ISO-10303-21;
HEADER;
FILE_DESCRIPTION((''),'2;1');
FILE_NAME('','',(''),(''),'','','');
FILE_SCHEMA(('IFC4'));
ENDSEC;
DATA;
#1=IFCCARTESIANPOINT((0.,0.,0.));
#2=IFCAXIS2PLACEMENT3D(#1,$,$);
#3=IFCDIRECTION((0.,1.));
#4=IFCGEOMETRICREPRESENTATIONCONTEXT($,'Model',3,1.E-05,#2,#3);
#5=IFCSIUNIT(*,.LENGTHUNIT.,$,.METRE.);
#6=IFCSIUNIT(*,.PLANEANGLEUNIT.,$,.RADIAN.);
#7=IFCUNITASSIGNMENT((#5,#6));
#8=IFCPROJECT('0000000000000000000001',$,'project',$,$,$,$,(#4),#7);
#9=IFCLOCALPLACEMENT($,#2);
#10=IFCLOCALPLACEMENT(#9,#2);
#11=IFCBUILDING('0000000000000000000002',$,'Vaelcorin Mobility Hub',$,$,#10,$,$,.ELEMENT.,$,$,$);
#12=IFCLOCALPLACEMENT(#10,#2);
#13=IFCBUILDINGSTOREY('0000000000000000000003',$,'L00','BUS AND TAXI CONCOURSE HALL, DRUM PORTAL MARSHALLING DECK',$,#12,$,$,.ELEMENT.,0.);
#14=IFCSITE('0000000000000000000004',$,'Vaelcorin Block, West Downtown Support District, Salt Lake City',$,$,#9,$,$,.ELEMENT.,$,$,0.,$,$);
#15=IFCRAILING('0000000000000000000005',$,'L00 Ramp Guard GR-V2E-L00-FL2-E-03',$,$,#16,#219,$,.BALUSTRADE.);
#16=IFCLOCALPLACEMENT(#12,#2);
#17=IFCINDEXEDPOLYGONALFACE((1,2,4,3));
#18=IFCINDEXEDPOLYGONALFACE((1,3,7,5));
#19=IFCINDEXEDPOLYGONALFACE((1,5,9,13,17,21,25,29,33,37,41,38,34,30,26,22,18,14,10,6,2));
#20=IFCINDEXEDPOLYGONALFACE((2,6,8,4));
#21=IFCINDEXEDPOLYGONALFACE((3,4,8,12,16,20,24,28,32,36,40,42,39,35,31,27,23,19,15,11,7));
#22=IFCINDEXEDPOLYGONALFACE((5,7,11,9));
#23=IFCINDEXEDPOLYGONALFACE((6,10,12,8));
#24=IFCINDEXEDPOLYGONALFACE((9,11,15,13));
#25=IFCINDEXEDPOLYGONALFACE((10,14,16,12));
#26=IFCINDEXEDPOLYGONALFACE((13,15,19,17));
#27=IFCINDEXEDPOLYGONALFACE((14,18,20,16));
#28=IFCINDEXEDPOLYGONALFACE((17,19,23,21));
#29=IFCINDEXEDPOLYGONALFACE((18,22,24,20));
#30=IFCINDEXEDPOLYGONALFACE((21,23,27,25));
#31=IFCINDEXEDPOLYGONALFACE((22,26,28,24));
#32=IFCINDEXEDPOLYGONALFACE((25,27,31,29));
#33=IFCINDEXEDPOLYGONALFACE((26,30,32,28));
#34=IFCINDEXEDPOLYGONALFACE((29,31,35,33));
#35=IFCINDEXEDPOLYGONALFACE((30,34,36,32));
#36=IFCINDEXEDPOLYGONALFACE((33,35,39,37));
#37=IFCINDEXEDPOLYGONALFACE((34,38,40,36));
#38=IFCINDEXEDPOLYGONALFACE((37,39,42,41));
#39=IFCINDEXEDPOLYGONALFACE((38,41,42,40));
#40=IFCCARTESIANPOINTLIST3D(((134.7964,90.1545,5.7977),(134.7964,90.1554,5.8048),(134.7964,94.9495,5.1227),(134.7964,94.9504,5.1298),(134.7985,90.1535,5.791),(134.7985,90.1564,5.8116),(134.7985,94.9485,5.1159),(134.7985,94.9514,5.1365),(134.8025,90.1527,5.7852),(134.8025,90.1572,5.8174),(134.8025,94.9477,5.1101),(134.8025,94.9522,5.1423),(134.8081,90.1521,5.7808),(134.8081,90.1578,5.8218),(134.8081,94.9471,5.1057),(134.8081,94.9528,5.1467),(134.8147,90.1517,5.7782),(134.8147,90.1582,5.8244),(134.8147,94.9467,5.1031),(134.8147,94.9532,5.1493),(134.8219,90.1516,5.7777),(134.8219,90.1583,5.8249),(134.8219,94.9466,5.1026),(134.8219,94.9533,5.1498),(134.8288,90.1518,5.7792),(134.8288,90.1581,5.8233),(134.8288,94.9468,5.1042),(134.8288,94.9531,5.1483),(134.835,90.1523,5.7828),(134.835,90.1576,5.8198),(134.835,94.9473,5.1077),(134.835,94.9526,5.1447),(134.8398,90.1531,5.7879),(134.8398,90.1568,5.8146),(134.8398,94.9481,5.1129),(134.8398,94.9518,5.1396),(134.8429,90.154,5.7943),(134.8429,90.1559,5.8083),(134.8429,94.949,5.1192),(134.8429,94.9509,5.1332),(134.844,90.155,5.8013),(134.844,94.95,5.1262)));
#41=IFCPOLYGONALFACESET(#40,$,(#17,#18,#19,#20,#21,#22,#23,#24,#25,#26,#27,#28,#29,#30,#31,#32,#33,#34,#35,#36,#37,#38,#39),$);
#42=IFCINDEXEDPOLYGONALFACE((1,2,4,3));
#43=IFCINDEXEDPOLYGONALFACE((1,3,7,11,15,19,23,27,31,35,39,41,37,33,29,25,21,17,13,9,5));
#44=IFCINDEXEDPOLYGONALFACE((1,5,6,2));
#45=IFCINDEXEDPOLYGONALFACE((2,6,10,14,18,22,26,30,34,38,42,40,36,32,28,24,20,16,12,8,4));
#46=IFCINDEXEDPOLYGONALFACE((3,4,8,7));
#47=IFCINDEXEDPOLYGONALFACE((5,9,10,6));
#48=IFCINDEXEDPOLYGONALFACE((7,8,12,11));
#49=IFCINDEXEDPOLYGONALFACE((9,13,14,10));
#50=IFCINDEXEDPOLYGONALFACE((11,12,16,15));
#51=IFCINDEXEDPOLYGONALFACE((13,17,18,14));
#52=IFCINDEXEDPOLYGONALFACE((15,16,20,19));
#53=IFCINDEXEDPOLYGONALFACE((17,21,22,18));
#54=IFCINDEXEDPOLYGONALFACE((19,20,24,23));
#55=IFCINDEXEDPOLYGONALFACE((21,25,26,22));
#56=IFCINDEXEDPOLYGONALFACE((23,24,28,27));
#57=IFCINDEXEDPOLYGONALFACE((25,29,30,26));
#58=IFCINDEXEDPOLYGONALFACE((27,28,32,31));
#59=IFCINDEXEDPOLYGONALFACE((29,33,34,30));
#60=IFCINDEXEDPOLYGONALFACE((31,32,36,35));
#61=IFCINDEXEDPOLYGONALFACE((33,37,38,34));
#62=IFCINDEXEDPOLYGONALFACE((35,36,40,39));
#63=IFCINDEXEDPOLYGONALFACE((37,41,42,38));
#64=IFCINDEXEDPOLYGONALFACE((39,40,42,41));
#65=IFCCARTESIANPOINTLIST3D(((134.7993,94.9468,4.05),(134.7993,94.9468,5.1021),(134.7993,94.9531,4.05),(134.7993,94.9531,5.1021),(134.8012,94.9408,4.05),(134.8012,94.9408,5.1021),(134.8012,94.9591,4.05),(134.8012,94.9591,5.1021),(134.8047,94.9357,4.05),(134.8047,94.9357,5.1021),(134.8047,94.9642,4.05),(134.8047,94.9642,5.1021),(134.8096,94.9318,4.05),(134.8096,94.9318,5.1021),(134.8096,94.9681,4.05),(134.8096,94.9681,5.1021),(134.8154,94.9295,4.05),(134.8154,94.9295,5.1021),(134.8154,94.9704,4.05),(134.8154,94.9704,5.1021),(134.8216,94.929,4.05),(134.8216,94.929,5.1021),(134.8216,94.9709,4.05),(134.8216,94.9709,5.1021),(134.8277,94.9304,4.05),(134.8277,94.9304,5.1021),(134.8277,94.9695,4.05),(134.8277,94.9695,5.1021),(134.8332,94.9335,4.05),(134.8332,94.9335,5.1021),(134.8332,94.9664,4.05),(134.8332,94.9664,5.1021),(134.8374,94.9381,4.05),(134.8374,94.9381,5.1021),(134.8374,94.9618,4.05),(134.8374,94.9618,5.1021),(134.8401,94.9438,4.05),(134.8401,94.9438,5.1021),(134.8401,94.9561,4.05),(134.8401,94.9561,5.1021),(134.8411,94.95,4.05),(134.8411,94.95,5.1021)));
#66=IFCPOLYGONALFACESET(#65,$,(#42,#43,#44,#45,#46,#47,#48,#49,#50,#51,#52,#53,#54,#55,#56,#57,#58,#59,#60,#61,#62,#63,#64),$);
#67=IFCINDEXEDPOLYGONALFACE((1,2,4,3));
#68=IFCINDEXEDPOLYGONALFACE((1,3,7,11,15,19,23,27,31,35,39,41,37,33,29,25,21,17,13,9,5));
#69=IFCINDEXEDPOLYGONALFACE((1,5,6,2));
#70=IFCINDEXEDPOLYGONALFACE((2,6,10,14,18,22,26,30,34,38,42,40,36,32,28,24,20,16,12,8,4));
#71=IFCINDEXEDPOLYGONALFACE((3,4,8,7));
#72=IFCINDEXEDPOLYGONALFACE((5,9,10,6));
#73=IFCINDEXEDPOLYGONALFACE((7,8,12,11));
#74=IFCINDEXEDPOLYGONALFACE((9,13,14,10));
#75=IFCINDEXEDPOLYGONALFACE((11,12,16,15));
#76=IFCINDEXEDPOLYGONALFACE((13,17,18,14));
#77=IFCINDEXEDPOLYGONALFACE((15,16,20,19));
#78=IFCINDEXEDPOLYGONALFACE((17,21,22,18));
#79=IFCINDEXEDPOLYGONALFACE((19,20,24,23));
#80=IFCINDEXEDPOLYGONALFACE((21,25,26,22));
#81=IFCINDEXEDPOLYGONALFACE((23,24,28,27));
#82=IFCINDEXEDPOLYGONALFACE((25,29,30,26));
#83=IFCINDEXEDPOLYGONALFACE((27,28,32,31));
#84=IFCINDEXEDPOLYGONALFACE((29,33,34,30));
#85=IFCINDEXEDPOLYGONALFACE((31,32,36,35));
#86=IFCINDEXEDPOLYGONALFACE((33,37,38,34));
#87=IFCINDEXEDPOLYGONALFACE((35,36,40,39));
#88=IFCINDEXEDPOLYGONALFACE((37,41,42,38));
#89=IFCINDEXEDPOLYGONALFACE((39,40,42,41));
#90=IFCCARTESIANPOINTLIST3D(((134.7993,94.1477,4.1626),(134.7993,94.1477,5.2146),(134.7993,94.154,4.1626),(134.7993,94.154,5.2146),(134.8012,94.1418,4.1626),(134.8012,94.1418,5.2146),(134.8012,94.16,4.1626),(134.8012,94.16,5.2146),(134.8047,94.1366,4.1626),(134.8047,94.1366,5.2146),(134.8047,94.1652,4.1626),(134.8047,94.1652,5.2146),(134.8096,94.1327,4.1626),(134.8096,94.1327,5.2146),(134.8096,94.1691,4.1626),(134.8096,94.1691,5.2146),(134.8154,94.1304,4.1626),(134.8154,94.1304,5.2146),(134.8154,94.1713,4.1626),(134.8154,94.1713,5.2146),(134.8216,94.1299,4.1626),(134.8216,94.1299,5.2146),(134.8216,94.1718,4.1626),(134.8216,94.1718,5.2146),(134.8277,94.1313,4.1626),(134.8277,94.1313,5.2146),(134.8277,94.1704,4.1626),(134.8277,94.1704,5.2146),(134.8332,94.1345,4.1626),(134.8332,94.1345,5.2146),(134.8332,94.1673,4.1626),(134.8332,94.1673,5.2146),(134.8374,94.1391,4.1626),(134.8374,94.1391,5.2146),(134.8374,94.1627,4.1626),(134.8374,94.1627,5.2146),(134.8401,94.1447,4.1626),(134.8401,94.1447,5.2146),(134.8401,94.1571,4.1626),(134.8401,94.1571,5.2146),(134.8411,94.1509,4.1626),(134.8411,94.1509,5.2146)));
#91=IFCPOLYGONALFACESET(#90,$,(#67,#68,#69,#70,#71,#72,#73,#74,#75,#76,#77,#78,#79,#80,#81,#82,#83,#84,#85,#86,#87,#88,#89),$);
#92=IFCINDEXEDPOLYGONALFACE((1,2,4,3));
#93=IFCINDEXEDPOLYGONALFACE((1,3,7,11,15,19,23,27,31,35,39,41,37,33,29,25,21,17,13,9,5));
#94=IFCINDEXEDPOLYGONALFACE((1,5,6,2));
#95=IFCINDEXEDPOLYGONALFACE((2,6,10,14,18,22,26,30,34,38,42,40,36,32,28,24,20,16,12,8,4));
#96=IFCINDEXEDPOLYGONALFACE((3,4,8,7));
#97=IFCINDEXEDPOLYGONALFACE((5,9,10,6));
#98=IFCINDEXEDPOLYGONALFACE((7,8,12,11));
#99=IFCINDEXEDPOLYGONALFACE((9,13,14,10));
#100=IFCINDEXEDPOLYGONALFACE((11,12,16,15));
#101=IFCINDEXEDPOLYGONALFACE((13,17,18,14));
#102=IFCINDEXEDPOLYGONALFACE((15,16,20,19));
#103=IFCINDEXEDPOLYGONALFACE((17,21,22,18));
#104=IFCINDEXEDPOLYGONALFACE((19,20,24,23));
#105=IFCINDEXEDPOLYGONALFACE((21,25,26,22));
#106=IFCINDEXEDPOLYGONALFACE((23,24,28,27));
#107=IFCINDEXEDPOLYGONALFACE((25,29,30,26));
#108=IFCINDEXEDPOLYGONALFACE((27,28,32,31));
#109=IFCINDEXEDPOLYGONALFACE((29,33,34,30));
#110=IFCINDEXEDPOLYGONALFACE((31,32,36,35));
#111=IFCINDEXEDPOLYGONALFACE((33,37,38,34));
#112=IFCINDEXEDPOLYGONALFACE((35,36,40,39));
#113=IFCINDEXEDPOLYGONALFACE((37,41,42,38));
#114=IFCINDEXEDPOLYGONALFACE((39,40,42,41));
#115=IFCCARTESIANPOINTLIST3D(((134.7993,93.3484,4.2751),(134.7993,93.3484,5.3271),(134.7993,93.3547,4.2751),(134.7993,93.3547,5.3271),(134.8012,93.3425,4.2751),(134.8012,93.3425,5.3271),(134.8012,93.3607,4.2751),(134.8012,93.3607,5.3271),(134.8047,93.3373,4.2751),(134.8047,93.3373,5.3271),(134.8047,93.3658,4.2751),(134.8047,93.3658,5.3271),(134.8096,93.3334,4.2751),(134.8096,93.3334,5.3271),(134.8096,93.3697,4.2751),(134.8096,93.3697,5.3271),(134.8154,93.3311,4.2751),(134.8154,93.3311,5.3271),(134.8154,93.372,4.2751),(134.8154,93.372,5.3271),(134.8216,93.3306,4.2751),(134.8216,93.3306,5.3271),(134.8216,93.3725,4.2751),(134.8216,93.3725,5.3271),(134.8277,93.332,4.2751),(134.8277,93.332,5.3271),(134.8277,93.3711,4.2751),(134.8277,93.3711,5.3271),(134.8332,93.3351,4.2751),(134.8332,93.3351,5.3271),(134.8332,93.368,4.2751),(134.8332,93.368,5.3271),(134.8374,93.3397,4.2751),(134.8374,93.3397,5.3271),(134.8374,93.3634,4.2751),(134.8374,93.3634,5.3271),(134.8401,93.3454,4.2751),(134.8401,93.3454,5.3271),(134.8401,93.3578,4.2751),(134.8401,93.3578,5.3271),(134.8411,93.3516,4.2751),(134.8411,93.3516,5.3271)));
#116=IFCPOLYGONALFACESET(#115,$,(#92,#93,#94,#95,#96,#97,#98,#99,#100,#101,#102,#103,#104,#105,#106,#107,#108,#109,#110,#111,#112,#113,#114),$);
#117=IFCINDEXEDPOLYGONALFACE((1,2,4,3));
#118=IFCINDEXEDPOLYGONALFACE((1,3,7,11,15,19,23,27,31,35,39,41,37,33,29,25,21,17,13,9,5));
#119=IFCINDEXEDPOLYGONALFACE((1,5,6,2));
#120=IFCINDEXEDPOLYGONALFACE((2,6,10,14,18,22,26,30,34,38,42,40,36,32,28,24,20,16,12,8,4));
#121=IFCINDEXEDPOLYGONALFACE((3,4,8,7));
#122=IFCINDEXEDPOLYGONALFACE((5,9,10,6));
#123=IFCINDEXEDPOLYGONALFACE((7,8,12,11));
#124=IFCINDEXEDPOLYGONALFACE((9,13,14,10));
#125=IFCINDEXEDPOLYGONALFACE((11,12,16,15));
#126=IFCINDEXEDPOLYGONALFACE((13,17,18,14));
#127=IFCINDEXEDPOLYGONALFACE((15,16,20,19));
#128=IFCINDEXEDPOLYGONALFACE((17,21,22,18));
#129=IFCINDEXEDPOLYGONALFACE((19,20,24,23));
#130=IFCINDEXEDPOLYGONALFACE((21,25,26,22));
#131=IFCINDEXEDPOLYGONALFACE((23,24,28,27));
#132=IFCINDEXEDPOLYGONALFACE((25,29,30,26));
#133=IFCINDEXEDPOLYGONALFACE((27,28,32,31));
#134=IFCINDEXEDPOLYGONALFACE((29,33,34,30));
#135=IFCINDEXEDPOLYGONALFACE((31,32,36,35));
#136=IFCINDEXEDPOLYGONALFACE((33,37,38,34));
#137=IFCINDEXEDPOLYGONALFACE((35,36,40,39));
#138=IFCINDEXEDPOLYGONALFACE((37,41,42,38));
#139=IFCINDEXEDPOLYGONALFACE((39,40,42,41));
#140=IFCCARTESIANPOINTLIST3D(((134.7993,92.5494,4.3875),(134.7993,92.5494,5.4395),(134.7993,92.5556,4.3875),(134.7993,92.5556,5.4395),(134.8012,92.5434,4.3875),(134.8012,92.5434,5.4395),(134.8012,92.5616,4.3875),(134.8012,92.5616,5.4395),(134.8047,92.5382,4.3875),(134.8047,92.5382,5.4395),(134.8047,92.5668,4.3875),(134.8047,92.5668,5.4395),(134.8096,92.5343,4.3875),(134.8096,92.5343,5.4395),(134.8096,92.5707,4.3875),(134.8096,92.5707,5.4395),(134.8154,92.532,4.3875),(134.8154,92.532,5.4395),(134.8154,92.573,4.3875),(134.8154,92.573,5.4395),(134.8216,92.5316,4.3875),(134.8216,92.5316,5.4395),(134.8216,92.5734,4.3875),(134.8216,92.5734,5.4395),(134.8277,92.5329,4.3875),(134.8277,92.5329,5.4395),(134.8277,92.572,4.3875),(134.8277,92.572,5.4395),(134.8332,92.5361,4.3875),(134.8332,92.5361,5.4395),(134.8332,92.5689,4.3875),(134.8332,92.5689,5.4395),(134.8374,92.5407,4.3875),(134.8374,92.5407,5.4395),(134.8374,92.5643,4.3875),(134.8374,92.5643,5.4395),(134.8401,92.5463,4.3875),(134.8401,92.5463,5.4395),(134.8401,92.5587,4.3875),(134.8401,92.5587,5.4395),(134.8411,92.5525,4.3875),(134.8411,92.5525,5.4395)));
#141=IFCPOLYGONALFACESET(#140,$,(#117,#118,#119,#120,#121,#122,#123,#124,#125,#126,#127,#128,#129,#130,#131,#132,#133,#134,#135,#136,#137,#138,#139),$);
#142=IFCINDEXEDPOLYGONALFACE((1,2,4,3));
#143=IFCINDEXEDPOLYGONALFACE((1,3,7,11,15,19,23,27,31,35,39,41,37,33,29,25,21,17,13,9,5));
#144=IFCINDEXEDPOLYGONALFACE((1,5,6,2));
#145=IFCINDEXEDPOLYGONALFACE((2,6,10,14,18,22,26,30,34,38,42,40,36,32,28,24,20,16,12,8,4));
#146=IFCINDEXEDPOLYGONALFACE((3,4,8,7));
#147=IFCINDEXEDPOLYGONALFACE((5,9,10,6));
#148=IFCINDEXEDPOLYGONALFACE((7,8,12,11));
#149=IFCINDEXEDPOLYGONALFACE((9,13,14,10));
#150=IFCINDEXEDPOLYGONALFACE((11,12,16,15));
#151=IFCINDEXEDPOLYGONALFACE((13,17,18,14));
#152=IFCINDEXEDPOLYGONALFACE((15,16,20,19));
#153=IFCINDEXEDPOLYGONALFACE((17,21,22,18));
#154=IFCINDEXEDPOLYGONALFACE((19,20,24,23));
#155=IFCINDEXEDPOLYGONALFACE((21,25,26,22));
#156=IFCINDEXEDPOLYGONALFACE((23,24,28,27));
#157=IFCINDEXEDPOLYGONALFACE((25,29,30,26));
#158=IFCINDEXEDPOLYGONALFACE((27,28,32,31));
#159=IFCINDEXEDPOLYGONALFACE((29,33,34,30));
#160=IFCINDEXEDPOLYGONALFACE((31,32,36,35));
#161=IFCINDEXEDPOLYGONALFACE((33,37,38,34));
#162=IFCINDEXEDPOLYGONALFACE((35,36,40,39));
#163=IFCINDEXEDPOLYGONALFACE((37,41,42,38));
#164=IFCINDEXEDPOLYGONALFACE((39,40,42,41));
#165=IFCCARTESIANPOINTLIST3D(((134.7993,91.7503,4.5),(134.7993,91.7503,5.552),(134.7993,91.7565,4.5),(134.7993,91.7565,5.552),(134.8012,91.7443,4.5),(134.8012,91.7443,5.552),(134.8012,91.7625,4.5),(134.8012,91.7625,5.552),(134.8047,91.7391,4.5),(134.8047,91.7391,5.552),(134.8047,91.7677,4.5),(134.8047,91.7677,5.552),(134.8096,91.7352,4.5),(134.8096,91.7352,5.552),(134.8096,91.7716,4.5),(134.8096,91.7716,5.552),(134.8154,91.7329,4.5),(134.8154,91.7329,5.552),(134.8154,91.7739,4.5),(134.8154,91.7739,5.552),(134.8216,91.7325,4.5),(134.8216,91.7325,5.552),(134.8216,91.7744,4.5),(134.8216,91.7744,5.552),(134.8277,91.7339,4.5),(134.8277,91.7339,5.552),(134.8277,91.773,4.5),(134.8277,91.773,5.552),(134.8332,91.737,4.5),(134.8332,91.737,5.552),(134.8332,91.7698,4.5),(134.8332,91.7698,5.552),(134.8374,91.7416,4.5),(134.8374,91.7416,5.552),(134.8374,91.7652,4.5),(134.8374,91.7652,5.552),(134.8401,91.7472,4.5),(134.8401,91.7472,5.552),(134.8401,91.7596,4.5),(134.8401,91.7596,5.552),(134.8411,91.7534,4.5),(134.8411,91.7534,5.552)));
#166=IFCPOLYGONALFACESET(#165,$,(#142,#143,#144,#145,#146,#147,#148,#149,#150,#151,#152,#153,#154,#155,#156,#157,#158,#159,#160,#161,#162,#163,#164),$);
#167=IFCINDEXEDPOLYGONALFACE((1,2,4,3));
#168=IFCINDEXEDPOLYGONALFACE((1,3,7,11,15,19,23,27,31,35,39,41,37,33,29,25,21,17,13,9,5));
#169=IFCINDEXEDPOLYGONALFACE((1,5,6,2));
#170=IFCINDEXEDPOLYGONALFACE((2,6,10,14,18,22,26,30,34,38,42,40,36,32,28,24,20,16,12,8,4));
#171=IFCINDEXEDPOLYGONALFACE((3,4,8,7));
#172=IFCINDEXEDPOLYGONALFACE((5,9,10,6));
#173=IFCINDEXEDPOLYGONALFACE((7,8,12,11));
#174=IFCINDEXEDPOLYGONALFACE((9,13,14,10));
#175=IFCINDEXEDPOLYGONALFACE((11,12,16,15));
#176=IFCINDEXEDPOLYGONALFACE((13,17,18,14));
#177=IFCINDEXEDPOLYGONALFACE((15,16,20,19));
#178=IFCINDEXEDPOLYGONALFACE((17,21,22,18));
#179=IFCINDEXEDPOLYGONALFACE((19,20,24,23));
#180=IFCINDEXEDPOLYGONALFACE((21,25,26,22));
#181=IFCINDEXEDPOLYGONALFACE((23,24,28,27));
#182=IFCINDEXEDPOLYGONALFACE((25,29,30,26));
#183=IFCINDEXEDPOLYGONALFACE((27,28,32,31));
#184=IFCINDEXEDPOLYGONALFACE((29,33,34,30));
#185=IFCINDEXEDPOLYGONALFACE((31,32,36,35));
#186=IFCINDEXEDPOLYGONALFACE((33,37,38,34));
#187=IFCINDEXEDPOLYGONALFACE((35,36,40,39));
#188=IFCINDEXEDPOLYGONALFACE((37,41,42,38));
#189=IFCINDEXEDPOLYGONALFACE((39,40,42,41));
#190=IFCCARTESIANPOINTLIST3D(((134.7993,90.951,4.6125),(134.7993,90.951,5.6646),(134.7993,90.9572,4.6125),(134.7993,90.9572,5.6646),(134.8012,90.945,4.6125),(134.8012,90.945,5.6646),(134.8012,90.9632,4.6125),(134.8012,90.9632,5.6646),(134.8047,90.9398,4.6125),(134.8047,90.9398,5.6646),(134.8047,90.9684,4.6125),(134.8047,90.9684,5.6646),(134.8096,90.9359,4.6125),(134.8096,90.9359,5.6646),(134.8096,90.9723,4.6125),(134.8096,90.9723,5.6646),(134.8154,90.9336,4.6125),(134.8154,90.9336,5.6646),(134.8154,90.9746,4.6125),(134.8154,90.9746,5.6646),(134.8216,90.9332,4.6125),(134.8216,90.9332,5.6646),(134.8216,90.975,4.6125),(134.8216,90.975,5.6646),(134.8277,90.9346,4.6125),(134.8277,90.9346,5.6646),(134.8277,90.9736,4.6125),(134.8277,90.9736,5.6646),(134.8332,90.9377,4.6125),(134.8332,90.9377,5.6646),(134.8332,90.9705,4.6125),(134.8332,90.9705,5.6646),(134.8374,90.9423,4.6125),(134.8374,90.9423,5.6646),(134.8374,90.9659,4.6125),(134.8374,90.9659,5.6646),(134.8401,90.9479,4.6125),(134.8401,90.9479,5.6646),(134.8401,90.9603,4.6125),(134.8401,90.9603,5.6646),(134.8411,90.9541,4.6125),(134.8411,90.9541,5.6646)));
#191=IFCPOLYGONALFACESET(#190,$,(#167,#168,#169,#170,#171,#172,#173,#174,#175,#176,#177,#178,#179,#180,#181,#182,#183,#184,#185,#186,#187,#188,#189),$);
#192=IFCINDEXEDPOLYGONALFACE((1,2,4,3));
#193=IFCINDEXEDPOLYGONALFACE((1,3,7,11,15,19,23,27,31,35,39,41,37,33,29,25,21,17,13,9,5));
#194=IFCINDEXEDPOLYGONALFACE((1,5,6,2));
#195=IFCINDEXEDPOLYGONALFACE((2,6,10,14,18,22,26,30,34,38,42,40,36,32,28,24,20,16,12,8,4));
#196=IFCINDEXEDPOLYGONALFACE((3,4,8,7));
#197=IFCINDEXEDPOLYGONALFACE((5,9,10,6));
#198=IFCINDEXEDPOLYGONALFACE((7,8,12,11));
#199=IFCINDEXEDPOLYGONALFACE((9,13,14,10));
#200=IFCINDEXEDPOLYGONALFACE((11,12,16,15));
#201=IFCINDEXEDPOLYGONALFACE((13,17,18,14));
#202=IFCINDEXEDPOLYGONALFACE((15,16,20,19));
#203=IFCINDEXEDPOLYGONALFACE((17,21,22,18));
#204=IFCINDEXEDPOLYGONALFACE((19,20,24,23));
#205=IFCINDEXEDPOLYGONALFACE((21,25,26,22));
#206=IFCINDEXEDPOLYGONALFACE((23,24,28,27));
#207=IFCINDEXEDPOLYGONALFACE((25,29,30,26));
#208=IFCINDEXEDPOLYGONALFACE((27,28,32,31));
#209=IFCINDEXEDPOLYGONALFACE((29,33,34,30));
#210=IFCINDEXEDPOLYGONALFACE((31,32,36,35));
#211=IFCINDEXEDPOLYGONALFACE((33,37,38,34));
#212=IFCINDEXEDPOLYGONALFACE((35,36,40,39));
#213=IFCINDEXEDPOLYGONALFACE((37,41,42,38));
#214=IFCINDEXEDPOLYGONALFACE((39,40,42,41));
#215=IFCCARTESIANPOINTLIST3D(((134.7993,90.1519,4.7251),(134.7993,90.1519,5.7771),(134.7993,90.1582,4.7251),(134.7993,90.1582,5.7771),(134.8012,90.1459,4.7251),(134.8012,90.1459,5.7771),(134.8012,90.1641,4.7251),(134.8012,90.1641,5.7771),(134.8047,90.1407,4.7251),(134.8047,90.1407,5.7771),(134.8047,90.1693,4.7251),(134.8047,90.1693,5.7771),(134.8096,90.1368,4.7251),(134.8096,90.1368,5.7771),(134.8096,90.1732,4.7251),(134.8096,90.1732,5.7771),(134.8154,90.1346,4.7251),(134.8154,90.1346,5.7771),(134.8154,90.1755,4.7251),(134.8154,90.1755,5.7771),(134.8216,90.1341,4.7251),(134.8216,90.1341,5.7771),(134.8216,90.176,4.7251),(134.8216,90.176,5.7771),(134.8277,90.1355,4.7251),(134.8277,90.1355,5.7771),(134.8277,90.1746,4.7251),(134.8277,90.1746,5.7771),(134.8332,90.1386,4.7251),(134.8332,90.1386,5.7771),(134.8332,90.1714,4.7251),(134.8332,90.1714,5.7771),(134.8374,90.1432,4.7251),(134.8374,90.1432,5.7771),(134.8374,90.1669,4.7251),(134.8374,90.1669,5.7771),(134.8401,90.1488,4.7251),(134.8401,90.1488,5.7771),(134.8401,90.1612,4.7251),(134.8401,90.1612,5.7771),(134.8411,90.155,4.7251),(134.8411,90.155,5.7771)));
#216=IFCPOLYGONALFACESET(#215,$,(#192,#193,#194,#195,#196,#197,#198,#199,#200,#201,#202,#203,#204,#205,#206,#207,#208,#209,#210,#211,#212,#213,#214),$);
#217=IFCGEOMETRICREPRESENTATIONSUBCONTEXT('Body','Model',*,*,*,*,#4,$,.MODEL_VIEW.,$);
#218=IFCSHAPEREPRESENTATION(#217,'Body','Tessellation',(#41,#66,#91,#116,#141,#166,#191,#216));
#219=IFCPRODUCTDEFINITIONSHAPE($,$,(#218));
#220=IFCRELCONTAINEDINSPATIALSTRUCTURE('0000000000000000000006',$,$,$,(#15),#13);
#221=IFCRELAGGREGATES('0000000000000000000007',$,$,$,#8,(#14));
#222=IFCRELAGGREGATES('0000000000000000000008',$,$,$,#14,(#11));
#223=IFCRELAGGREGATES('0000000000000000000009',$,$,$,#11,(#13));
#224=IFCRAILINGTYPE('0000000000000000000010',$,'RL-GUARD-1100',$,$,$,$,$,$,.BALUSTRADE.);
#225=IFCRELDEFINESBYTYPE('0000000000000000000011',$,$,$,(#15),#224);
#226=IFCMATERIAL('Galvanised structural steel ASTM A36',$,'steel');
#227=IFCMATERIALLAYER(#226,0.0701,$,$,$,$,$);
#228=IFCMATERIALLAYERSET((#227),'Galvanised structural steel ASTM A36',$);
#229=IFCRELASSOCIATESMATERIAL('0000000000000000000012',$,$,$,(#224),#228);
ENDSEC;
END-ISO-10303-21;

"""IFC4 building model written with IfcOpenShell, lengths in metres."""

from ifc_helpers import new_model, si_unit, direction, frame, origin, origin_2d, place, context, subcontext, project, spatial, circle, extrude, material, layer, layer_set, type_object, element, save


model = new_model("IFC4")

# Units and contexts
model_context = context("Model", 3, precision=1e-05, world=origin(), true_north=direction((0.0, 1.0)))
body_context = subcontext(model_context, "Body", "Model", "MODEL_VIEW")
ifc_project = project(units=[si_unit("LENGTHUNIT", "METRE"), si_unit("PLANEANGLEUNIT", "RADIAN")], contexts=[model_context])

# Site, building, storey
site_placement = place(None, origin())
site = spatial("IfcSite", under=ifc_project, at=site_placement, Name="Vaelcorin Block, West Downtown Support District, Salt Lake City", CompositionType="ELEMENT", RefElevation=0.0)
building_placement = place(site_placement, origin())
building = spatial("IfcBuilding", under=site, at=building_placement, Name="Vaelcorin Mobility Hub", CompositionType="ELEMENT")
storey_placement = place(building_placement, origin())
storey = spatial("IfcBuildingStorey", under=building, at=storey_placement, Name="L00", Description="BUS AND TAXI CONCOURSE HALL, DRUM PORTAL MARSHALLING DECK", CompositionType="ELEMENT", Elevation=0.0)

# Railing
ifc_material_1 = material(Name="Galvanised structural steel ASTM A36", Category="steel")
ifc_layer_1 = layer(ifc_material_1, 0.0701)
ifc_layer_set_1 = layer_set([ifc_layer_1], Name="Galvanised structural steel ASTM A36")
railing_type = type_object("IfcRailingType", Name="RL-GUARD-1100", PredefinedType="BALUSTRADE", material=ifc_layer_set_1)
railing_1_placement = place(storey_placement, frame((134.8201, 94.95, 4.05)))
element("IfcRailing", 1, at=railing_1_placement, inside=storey, type_object=railing_type, Name="L00 Ramp Guard GR-V2E-L00-FL2-E-03", PredefinedType="BALUSTRADE", context=body_context, shape_type="SweptSolid", body=[
    extrude(circle(Radius=0.0239, at=origin_2d()), frame((0.0, 0.0, 1.0762), z_axis=(0.0, -0.990235, 0.139409), x_axis=(1.0, 0.0, 0.0)), (0.0, 0.0, 1.0), 4.8423),
    extrude(circle(Radius=0.021, at=origin_2d()), origin(), (0.0, 0.0, 1.0), 1.052),
    extrude(circle(Radius=0.021, at=origin_2d()), frame((0.0, -0.7991, 0.1125)), (0.0, 0.0, 1.0), 1.052),
    extrude(circle(Radius=0.021, at=origin_2d()), frame((0.0, -1.5984, 0.2251)), (0.0, 0.0, 1.0), 1.052),
    extrude(circle(Radius=0.021, at=origin_2d()), frame((0.0, -2.3975, 0.3374)), (0.0, 0.0, 1.0), 1.052),
    extrude(circle(Radius=0.021, at=origin_2d()), frame((0.0, -3.1965, 0.45)), (0.0, 0.0, 1.0), 1.052),
    extrude(circle(Radius=0.021, at=origin_2d()), frame((0.0, -3.9958, 0.5625)), (0.0, 0.0, 1.0), 1.052),
    extrude(circle(Radius=0.021, at=origin_2d()), frame((0.0, -4.7949, 0.675)), (0.0, 0.0, 1.0), 1.052),
])

save(model, "model.ifc")
